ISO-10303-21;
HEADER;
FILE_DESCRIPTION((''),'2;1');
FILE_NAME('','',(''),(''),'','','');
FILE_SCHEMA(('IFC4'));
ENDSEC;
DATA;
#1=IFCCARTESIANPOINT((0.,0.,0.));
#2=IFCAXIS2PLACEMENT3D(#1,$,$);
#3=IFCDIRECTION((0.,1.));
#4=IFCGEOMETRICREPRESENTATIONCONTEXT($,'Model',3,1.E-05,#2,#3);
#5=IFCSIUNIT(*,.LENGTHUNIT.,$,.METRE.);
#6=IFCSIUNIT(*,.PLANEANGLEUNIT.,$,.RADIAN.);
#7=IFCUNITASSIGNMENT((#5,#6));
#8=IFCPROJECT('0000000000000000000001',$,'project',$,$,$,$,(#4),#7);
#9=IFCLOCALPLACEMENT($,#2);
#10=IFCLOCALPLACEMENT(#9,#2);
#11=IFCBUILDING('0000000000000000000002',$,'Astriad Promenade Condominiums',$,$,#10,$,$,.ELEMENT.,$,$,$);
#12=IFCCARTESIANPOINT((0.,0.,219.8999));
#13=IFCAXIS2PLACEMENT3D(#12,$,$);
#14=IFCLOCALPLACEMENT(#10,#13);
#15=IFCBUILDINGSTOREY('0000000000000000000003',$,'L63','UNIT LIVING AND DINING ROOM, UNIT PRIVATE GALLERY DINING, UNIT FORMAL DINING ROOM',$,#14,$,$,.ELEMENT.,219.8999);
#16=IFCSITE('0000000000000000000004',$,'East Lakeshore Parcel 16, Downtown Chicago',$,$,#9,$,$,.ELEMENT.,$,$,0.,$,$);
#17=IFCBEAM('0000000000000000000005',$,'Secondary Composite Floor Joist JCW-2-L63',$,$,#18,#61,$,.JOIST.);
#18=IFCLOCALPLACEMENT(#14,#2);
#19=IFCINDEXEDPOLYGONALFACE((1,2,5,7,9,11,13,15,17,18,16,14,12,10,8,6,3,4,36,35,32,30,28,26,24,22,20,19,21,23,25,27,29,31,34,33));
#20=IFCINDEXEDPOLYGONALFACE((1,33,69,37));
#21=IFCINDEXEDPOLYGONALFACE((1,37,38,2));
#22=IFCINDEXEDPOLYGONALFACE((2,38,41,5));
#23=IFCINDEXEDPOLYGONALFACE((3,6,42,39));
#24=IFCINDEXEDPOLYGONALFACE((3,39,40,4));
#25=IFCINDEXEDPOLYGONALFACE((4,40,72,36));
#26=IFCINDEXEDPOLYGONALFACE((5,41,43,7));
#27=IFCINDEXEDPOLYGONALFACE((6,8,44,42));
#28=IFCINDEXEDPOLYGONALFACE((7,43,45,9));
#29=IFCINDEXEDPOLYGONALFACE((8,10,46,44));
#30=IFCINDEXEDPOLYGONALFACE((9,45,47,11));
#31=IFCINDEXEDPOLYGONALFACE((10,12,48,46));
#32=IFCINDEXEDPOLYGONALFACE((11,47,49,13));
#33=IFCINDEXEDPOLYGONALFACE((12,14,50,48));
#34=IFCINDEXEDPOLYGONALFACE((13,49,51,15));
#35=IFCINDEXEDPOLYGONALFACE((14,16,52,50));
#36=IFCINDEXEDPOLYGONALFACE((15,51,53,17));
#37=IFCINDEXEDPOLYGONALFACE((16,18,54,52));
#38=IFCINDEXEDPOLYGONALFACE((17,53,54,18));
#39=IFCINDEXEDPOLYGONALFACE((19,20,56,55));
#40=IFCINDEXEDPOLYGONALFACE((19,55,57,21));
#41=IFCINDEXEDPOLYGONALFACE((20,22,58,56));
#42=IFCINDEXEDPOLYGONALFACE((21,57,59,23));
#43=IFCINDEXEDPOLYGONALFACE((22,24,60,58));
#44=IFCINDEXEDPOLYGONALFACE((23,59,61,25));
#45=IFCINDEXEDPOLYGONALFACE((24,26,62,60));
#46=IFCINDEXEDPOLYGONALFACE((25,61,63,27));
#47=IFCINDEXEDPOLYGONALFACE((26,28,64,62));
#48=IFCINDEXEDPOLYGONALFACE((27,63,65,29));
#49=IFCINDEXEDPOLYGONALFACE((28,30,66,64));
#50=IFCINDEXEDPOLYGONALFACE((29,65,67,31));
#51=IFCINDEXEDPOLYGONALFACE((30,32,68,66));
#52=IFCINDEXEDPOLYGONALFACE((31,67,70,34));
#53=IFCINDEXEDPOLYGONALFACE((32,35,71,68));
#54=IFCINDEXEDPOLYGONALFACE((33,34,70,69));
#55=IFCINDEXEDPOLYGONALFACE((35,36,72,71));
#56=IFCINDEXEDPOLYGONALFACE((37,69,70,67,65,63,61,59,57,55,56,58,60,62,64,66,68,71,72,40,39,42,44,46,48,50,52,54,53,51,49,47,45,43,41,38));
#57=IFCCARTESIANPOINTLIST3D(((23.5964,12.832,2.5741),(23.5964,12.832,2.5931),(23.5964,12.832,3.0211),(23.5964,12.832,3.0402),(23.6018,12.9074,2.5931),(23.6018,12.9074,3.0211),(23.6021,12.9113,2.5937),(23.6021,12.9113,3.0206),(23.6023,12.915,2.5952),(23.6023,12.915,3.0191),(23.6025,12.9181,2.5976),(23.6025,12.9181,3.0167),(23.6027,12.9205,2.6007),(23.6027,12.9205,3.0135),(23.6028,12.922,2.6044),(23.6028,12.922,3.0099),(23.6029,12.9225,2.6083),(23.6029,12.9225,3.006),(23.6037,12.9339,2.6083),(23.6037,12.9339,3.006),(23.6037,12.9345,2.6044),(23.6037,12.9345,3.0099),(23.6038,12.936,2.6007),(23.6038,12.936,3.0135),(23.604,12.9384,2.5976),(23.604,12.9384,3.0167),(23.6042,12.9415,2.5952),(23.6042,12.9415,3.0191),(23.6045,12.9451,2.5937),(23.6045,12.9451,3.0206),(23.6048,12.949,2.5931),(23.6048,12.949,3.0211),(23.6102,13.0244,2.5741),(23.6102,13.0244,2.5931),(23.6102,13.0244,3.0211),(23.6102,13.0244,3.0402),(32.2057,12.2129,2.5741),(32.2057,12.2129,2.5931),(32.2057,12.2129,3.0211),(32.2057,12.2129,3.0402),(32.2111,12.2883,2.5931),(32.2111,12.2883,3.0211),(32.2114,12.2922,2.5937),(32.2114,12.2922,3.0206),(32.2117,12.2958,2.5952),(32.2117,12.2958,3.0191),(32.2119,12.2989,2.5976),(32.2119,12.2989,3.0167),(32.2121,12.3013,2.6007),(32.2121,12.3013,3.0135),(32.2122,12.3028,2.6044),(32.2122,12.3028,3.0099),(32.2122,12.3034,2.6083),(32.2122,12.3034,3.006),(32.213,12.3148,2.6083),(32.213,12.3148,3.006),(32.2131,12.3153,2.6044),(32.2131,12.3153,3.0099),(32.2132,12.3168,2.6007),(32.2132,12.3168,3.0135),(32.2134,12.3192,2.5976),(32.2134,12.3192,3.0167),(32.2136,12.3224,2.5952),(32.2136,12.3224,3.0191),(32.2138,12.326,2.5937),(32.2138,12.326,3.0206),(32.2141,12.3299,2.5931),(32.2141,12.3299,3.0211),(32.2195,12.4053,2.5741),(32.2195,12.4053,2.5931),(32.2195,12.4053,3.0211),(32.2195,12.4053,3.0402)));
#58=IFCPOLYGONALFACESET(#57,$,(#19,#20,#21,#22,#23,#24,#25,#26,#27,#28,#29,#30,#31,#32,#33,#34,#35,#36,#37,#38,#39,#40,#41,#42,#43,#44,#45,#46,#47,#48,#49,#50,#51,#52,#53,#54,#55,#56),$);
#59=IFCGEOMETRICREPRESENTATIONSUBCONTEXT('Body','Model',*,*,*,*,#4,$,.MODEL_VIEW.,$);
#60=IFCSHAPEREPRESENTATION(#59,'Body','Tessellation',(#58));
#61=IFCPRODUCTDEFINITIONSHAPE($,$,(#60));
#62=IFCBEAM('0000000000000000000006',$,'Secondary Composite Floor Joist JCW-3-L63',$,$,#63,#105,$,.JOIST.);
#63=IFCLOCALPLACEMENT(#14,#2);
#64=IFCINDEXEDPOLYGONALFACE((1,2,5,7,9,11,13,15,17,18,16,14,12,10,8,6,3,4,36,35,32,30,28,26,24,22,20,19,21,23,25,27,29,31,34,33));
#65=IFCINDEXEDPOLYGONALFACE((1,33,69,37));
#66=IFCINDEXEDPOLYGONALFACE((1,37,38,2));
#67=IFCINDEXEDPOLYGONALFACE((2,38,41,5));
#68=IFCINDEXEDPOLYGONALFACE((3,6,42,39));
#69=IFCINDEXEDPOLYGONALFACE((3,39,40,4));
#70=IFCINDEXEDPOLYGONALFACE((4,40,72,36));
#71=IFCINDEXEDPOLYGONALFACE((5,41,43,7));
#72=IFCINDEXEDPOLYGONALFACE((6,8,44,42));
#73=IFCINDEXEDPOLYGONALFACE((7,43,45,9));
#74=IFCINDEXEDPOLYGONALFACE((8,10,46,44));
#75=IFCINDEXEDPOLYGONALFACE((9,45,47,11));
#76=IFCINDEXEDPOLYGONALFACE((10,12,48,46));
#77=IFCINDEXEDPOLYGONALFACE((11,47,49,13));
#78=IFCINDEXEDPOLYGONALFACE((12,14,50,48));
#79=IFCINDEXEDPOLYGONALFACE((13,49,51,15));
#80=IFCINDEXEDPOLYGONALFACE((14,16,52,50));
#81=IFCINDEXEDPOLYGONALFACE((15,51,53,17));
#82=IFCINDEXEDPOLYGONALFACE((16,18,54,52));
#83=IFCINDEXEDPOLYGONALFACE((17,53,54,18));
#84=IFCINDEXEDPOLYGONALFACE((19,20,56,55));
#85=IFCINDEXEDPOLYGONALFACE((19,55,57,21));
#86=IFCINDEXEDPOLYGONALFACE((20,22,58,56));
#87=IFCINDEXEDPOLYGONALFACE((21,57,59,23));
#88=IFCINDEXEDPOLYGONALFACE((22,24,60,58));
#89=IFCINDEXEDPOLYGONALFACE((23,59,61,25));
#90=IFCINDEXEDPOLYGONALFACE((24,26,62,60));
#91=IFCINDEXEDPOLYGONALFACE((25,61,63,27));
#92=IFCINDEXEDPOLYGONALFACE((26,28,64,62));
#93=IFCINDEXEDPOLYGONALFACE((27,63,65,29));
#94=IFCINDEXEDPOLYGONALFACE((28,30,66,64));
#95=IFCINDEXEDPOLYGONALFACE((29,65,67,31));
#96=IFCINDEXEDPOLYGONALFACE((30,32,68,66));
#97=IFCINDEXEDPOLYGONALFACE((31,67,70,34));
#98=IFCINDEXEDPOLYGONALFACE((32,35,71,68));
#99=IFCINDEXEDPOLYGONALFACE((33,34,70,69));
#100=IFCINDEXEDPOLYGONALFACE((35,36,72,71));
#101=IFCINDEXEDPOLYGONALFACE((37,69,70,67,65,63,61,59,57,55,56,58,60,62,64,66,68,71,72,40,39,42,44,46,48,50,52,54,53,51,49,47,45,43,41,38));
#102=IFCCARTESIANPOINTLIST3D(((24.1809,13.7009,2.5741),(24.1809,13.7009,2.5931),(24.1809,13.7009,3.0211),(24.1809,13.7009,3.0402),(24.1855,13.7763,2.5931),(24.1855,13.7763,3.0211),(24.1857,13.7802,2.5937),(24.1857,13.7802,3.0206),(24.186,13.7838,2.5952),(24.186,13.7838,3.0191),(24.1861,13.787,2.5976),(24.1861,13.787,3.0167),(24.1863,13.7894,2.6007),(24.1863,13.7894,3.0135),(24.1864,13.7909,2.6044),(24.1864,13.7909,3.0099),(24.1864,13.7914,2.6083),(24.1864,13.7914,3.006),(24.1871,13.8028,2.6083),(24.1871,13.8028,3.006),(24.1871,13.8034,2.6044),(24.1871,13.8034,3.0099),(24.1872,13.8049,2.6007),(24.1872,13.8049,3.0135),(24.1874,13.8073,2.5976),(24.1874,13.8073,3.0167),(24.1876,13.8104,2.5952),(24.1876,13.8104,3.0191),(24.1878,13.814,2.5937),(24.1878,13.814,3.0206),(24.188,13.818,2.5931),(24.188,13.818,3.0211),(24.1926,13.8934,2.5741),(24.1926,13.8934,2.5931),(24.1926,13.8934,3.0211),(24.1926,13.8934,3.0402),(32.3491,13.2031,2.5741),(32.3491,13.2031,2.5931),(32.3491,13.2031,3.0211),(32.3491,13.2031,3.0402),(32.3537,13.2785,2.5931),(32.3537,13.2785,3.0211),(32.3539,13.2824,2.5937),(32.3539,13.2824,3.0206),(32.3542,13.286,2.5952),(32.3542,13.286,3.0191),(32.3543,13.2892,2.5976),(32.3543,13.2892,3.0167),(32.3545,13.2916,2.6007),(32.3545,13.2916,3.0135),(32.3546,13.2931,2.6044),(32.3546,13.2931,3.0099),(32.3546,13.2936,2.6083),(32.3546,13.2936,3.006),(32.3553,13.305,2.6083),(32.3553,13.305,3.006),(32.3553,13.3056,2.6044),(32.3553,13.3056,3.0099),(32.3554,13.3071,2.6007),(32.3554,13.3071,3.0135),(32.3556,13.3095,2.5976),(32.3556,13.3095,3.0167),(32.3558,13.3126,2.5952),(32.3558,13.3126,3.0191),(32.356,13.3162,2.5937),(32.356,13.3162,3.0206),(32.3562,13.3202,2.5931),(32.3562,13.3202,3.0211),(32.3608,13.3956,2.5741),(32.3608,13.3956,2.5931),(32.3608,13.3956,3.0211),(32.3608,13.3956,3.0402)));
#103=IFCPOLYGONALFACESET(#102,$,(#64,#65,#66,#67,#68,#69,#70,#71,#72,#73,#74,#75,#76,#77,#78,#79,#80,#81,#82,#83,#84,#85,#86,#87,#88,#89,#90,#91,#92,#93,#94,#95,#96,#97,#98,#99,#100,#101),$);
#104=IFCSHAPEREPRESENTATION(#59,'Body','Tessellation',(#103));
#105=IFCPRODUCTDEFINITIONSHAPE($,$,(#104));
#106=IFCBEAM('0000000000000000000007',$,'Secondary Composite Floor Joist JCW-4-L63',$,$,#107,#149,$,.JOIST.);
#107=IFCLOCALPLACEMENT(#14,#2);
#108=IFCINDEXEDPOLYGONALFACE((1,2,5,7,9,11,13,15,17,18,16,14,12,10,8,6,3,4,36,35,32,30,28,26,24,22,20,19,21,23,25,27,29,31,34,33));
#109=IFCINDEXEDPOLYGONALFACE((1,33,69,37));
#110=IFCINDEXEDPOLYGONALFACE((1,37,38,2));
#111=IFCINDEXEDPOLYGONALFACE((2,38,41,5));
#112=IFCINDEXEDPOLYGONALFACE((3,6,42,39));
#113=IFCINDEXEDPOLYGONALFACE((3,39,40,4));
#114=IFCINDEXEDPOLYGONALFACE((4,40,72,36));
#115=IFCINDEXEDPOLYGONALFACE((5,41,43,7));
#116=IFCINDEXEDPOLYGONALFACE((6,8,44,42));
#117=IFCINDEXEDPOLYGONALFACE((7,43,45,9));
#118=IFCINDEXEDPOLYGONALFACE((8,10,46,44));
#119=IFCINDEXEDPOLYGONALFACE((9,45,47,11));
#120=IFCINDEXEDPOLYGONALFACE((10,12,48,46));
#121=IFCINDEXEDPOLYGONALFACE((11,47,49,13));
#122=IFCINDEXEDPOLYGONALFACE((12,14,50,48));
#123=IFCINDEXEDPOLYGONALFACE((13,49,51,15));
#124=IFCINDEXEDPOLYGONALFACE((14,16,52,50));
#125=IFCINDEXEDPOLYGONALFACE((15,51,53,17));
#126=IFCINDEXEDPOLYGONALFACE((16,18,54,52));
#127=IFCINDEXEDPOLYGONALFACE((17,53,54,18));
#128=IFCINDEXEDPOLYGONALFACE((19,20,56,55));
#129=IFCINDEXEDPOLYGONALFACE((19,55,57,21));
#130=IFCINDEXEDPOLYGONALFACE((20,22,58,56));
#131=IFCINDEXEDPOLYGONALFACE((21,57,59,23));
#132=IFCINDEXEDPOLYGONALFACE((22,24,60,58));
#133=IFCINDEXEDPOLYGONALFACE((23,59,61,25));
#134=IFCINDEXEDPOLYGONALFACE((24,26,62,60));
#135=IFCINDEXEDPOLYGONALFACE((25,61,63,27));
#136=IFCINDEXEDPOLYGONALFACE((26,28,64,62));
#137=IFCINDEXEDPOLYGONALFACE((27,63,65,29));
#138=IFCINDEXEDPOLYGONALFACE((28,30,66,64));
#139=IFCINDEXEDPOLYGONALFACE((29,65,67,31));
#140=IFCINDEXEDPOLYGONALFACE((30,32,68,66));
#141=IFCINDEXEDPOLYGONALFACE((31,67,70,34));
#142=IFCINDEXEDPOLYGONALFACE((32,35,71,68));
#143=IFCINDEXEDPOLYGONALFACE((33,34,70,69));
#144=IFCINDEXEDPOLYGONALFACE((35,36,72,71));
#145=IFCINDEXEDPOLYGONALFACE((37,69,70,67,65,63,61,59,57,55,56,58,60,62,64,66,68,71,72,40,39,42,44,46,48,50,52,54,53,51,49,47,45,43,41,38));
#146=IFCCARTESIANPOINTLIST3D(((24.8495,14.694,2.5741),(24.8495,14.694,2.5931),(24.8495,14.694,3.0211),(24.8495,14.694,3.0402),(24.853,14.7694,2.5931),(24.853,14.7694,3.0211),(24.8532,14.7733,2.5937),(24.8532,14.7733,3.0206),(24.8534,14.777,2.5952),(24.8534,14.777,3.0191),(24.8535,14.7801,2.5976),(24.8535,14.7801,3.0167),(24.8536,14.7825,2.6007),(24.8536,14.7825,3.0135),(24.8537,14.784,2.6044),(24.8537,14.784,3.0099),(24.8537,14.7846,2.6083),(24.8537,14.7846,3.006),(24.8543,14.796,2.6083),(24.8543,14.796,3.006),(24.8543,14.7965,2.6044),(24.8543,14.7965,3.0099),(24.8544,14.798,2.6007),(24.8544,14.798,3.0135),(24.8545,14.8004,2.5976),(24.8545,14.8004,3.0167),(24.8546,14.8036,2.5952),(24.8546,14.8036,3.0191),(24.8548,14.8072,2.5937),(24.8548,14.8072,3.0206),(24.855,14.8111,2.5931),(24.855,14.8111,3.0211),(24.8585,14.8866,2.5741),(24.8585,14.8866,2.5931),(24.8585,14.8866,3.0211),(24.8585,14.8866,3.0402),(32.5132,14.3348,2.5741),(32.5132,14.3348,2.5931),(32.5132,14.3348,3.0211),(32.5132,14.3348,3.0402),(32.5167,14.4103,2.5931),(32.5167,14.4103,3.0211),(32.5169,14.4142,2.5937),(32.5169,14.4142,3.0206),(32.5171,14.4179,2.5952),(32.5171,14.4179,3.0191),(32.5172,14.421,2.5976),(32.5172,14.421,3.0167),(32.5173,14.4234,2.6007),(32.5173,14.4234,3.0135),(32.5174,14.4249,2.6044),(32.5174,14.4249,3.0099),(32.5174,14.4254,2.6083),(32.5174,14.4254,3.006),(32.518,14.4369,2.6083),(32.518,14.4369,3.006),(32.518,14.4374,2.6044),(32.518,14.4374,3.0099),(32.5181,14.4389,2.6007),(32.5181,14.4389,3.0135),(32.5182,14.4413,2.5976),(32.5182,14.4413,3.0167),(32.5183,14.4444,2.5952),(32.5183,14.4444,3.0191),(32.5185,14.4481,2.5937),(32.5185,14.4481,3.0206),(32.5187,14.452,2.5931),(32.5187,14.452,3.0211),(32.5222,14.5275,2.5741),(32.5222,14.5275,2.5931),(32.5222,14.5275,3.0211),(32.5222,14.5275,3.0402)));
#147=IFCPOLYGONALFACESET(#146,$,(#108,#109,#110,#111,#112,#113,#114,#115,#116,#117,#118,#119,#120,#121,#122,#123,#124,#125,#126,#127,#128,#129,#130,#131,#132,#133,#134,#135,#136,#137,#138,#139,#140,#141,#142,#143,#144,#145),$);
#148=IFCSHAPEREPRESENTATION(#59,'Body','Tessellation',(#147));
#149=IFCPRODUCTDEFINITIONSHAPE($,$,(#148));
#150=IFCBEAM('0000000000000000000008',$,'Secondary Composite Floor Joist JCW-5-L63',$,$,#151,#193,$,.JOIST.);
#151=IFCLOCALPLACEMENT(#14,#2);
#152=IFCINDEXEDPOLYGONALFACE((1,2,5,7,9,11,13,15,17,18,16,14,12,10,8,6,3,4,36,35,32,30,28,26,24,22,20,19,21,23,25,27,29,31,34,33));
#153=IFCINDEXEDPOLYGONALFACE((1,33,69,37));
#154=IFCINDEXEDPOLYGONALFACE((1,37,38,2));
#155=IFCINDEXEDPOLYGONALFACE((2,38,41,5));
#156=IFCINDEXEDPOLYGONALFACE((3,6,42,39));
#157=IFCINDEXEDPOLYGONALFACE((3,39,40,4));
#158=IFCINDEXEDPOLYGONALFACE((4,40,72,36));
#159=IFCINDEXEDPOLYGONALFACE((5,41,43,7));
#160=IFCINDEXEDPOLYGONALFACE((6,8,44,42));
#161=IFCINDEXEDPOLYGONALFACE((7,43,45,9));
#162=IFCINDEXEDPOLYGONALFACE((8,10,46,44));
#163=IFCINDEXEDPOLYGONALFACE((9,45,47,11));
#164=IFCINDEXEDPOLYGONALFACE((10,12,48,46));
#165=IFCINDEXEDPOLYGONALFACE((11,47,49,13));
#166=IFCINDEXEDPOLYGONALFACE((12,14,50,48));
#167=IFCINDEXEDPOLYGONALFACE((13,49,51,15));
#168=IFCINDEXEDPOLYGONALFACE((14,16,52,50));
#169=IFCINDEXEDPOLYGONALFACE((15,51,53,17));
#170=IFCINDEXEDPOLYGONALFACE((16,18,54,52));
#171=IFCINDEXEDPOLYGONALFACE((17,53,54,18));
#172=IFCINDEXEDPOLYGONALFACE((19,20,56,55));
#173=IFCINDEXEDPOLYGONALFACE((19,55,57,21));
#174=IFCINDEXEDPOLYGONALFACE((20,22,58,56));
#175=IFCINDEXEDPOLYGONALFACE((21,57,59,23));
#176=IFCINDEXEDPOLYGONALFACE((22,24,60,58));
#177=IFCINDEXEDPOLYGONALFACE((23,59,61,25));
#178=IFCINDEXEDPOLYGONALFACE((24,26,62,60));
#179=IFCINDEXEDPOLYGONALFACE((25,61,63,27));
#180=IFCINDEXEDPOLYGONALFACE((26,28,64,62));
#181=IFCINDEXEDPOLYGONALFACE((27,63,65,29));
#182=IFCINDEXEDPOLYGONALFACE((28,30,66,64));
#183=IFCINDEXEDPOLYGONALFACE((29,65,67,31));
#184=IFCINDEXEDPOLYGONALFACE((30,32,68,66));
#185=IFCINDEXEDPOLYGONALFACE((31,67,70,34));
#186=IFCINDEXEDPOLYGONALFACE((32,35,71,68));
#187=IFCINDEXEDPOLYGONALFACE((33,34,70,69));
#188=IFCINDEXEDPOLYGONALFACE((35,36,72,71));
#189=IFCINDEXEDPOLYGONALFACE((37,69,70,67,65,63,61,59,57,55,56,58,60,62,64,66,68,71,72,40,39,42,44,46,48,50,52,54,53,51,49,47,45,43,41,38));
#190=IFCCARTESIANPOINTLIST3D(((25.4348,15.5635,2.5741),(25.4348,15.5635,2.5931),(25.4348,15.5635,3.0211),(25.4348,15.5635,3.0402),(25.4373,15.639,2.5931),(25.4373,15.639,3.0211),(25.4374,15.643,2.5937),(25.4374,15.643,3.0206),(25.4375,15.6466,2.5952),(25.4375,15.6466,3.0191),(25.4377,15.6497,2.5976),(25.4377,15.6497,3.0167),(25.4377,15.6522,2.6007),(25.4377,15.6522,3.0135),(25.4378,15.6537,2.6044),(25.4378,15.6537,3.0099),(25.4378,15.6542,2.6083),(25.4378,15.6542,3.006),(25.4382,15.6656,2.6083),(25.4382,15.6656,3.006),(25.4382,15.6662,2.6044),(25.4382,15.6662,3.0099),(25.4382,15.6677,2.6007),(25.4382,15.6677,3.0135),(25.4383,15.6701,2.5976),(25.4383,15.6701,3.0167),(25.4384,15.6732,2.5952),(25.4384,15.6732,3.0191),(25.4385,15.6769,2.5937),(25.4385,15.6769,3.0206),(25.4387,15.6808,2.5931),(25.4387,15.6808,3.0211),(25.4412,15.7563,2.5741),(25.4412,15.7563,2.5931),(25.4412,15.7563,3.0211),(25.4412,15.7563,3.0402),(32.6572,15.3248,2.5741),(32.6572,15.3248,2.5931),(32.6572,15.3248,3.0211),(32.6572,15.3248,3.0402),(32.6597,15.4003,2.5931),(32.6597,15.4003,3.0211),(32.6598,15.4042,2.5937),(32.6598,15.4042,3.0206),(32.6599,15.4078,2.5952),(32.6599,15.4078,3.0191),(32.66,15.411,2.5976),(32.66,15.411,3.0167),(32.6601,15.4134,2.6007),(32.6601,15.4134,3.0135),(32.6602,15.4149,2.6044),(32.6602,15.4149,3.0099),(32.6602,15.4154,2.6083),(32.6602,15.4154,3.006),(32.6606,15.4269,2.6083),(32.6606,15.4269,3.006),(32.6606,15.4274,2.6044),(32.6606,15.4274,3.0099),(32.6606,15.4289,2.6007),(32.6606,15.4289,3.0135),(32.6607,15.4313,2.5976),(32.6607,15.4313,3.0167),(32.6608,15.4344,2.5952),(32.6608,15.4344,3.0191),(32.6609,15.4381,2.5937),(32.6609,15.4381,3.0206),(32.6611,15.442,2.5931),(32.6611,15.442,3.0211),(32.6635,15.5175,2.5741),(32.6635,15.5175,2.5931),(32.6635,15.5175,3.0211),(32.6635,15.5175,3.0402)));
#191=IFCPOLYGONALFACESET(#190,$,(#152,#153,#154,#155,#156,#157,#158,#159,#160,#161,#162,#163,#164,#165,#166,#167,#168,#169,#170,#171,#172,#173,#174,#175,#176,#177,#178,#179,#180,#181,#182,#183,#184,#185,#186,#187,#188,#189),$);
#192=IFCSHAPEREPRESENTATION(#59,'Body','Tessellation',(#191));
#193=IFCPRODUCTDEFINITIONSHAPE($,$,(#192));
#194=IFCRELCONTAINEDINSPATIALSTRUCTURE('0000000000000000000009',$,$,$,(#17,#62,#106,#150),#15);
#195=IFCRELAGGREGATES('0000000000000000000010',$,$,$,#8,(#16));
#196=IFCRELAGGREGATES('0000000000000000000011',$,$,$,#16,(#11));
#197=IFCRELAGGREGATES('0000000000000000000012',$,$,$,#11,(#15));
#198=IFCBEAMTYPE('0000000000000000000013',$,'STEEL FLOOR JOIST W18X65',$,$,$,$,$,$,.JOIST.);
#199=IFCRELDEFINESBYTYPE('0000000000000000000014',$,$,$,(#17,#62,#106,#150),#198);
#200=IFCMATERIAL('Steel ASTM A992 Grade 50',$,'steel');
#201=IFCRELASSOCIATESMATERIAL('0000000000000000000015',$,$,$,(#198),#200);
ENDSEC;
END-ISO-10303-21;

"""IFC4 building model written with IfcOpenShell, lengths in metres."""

from ifc_helpers import new_model, si_unit, direction, frame, origin, origin_2d, place, context, subcontext, project, spatial, i_section, extrude, source, transform, mapped, material, material_profile, profile_set, type_object, element, save


model = new_model("IFC4")

# Units and contexts
model_context = context("Model", 3, precision=1e-05, world=origin(), true_north=direction((0.0, 1.0)))
body_context = subcontext(model_context, "Body", "Model", "MODEL_VIEW")
ifc_project = project(units=[si_unit("LENGTHUNIT", "METRE"), si_unit("PLANEANGLEUNIT", "RADIAN")], contexts=[model_context])

# Site, building, storey
site_placement = place(None, origin())
site = spatial("IfcSite", under=ifc_project, at=site_placement, Name="East Lakeshore Parcel 16, Downtown Chicago", CompositionType="ELEMENT", RefElevation=0.0)
building_placement = place(site_placement, origin())
building = spatial("IfcBuilding", under=site, at=building_placement, Name="Astriad Promenade Condominiums", CompositionType="ELEMENT")
storey_placement = place(building_placement, frame((0.0, 0.0, 219.8999)))
storey = spatial("IfcBuildingStorey", under=building, at=storey_placement, Name="L63", Description="UNIT LIVING AND DINING ROOM, UNIT PRIVATE GALLERY DINING, UNIT FORMAL DINING ROOM", CompositionType="ELEMENT", Elevation=219.8999)

# Beams
ifc_material_1 = material(Name="Steel ASTM A992 Grade 50", Category="steel")
ifc_material_profile_1 = material_profile(ifc_material_1, i_section(OverallWidth=0.1929, OverallDepth=0.4661, WebThickness=0.0115, FlangeThickness=0.019, FilletRadius=0.0151, at=origin_2d()), Name="W18X65")
ifc_profile_set_1 = profile_set([ifc_material_profile_1], Name="Steel ASTM A992 Grade 50")
beam_type_1 = type_object("IfcBeamType", Name="STEEL FLOOR JOIST W18X65", PredefinedType="JOIST", material=ifc_profile_set_1)
shared_shape_1 = source(origin(), body_context, "Body", "SweptSolid", [
    extrude(i_section(OverallWidth=0.1929, OverallDepth=0.4661, WebThickness=0.0115, FlangeThickness=0.019, FilletRadius=0.0151, at=origin_2d()), origin(), (0.0, 0.0, 1.0), 8.6316),
])
beam_1_placement = place(storey_placement, frame((23.6033, 12.9282, 2.8071), z_axis=(0.997424, -0.071729, 0.0), x_axis=(0.071729, 0.997424, 0.0)))
element("IfcBeam", 1, at=beam_1_placement, inside=storey, type_object=beam_type_1, Name="Secondary Composite Floor Joist JCW-2-L63", PredefinedType="JOIST", context=body_context, shape_type="MappedRepresentation", body=[
    mapped(shared_shape_1, transform((0.0, 0.0, 0.0), scale=1.0)),
])
shared_shape_2 = source(origin(), body_context, "Body", "SweptSolid", [
    extrude(i_section(OverallWidth=0.1929, OverallDepth=0.4661, WebThickness=0.0115, FlangeThickness=0.019, FilletRadius=0.0151, at=origin_2d()), origin(), (0.0, 0.0, 1.0), 8.1833),
])
beam_2_placement = place(storey_placement, frame((24.1868, 13.7971, 2.8071), z_axis=(0.998148, -0.060831, 0.0), x_axis=(0.060831, 0.998148, 0.0)))
element("IfcBeam", 2, at=beam_2_placement, inside=storey, type_object=beam_type_1, Name="Secondary Composite Floor Joist JCW-3-L63", PredefinedType="JOIST", context=body_context, shape_type="MappedRepresentation", body=[
    mapped(shared_shape_2, transform((0.0, 0.0, 0.0), scale=1.0)),
])
shared_shape_3 = source(origin(), body_context, "Body", "SweptSolid", [
    extrude(i_section(OverallWidth=0.1929, OverallDepth=0.4661, WebThickness=0.0115, FlangeThickness=0.019, FilletRadius=0.0151, at=origin_2d()), origin(), (0.0, 0.0, 1.0), 7.6721),
])
beam_3_placement = place(storey_placement, frame((24.854, 14.7903, 2.8071), z_axis=(0.998904, -0.046809, 0.0), x_axis=(0.046809, 0.998904, 0.0)))
element("IfcBeam", 3, at=beam_3_placement, inside=storey, type_object=beam_type_1, Name="Secondary Composite Floor Joist JCW-4-L63", PredefinedType="JOIST", context=body_context, shape_type="MappedRepresentation", body=[
    mapped(shared_shape_3, transform((0.0, 0.0, 0.0), scale=1.0)),
])
shared_shape_4 = source(origin(), body_context, "Body", "SweptSolid", [
    extrude(i_section(OverallWidth=0.1929, OverallDepth=0.4661, WebThickness=0.0115, FlangeThickness=0.019, FilletRadius=0.0151, at=origin_2d()), origin(), (0.0, 0.0, 1.0), 7.2263),
])
beam_4_placement = place(storey_placement, frame((25.438, 15.6599, 2.8071), z_axis=(0.999454, -0.033041, 0.0), x_axis=(0.033041, 0.999454, 0.0)))
element("IfcBeam", 4, at=beam_4_placement, inside=storey, type_object=beam_type_1, Name="Secondary Composite Floor Joist JCW-5-L63", PredefinedType="JOIST", context=body_context, shape_type="MappedRepresentation", body=[
    mapped(shared_shape_4, transform((0.0, 0.0, 0.0), scale=1.0)),
])

save(model, "model.ifc")
